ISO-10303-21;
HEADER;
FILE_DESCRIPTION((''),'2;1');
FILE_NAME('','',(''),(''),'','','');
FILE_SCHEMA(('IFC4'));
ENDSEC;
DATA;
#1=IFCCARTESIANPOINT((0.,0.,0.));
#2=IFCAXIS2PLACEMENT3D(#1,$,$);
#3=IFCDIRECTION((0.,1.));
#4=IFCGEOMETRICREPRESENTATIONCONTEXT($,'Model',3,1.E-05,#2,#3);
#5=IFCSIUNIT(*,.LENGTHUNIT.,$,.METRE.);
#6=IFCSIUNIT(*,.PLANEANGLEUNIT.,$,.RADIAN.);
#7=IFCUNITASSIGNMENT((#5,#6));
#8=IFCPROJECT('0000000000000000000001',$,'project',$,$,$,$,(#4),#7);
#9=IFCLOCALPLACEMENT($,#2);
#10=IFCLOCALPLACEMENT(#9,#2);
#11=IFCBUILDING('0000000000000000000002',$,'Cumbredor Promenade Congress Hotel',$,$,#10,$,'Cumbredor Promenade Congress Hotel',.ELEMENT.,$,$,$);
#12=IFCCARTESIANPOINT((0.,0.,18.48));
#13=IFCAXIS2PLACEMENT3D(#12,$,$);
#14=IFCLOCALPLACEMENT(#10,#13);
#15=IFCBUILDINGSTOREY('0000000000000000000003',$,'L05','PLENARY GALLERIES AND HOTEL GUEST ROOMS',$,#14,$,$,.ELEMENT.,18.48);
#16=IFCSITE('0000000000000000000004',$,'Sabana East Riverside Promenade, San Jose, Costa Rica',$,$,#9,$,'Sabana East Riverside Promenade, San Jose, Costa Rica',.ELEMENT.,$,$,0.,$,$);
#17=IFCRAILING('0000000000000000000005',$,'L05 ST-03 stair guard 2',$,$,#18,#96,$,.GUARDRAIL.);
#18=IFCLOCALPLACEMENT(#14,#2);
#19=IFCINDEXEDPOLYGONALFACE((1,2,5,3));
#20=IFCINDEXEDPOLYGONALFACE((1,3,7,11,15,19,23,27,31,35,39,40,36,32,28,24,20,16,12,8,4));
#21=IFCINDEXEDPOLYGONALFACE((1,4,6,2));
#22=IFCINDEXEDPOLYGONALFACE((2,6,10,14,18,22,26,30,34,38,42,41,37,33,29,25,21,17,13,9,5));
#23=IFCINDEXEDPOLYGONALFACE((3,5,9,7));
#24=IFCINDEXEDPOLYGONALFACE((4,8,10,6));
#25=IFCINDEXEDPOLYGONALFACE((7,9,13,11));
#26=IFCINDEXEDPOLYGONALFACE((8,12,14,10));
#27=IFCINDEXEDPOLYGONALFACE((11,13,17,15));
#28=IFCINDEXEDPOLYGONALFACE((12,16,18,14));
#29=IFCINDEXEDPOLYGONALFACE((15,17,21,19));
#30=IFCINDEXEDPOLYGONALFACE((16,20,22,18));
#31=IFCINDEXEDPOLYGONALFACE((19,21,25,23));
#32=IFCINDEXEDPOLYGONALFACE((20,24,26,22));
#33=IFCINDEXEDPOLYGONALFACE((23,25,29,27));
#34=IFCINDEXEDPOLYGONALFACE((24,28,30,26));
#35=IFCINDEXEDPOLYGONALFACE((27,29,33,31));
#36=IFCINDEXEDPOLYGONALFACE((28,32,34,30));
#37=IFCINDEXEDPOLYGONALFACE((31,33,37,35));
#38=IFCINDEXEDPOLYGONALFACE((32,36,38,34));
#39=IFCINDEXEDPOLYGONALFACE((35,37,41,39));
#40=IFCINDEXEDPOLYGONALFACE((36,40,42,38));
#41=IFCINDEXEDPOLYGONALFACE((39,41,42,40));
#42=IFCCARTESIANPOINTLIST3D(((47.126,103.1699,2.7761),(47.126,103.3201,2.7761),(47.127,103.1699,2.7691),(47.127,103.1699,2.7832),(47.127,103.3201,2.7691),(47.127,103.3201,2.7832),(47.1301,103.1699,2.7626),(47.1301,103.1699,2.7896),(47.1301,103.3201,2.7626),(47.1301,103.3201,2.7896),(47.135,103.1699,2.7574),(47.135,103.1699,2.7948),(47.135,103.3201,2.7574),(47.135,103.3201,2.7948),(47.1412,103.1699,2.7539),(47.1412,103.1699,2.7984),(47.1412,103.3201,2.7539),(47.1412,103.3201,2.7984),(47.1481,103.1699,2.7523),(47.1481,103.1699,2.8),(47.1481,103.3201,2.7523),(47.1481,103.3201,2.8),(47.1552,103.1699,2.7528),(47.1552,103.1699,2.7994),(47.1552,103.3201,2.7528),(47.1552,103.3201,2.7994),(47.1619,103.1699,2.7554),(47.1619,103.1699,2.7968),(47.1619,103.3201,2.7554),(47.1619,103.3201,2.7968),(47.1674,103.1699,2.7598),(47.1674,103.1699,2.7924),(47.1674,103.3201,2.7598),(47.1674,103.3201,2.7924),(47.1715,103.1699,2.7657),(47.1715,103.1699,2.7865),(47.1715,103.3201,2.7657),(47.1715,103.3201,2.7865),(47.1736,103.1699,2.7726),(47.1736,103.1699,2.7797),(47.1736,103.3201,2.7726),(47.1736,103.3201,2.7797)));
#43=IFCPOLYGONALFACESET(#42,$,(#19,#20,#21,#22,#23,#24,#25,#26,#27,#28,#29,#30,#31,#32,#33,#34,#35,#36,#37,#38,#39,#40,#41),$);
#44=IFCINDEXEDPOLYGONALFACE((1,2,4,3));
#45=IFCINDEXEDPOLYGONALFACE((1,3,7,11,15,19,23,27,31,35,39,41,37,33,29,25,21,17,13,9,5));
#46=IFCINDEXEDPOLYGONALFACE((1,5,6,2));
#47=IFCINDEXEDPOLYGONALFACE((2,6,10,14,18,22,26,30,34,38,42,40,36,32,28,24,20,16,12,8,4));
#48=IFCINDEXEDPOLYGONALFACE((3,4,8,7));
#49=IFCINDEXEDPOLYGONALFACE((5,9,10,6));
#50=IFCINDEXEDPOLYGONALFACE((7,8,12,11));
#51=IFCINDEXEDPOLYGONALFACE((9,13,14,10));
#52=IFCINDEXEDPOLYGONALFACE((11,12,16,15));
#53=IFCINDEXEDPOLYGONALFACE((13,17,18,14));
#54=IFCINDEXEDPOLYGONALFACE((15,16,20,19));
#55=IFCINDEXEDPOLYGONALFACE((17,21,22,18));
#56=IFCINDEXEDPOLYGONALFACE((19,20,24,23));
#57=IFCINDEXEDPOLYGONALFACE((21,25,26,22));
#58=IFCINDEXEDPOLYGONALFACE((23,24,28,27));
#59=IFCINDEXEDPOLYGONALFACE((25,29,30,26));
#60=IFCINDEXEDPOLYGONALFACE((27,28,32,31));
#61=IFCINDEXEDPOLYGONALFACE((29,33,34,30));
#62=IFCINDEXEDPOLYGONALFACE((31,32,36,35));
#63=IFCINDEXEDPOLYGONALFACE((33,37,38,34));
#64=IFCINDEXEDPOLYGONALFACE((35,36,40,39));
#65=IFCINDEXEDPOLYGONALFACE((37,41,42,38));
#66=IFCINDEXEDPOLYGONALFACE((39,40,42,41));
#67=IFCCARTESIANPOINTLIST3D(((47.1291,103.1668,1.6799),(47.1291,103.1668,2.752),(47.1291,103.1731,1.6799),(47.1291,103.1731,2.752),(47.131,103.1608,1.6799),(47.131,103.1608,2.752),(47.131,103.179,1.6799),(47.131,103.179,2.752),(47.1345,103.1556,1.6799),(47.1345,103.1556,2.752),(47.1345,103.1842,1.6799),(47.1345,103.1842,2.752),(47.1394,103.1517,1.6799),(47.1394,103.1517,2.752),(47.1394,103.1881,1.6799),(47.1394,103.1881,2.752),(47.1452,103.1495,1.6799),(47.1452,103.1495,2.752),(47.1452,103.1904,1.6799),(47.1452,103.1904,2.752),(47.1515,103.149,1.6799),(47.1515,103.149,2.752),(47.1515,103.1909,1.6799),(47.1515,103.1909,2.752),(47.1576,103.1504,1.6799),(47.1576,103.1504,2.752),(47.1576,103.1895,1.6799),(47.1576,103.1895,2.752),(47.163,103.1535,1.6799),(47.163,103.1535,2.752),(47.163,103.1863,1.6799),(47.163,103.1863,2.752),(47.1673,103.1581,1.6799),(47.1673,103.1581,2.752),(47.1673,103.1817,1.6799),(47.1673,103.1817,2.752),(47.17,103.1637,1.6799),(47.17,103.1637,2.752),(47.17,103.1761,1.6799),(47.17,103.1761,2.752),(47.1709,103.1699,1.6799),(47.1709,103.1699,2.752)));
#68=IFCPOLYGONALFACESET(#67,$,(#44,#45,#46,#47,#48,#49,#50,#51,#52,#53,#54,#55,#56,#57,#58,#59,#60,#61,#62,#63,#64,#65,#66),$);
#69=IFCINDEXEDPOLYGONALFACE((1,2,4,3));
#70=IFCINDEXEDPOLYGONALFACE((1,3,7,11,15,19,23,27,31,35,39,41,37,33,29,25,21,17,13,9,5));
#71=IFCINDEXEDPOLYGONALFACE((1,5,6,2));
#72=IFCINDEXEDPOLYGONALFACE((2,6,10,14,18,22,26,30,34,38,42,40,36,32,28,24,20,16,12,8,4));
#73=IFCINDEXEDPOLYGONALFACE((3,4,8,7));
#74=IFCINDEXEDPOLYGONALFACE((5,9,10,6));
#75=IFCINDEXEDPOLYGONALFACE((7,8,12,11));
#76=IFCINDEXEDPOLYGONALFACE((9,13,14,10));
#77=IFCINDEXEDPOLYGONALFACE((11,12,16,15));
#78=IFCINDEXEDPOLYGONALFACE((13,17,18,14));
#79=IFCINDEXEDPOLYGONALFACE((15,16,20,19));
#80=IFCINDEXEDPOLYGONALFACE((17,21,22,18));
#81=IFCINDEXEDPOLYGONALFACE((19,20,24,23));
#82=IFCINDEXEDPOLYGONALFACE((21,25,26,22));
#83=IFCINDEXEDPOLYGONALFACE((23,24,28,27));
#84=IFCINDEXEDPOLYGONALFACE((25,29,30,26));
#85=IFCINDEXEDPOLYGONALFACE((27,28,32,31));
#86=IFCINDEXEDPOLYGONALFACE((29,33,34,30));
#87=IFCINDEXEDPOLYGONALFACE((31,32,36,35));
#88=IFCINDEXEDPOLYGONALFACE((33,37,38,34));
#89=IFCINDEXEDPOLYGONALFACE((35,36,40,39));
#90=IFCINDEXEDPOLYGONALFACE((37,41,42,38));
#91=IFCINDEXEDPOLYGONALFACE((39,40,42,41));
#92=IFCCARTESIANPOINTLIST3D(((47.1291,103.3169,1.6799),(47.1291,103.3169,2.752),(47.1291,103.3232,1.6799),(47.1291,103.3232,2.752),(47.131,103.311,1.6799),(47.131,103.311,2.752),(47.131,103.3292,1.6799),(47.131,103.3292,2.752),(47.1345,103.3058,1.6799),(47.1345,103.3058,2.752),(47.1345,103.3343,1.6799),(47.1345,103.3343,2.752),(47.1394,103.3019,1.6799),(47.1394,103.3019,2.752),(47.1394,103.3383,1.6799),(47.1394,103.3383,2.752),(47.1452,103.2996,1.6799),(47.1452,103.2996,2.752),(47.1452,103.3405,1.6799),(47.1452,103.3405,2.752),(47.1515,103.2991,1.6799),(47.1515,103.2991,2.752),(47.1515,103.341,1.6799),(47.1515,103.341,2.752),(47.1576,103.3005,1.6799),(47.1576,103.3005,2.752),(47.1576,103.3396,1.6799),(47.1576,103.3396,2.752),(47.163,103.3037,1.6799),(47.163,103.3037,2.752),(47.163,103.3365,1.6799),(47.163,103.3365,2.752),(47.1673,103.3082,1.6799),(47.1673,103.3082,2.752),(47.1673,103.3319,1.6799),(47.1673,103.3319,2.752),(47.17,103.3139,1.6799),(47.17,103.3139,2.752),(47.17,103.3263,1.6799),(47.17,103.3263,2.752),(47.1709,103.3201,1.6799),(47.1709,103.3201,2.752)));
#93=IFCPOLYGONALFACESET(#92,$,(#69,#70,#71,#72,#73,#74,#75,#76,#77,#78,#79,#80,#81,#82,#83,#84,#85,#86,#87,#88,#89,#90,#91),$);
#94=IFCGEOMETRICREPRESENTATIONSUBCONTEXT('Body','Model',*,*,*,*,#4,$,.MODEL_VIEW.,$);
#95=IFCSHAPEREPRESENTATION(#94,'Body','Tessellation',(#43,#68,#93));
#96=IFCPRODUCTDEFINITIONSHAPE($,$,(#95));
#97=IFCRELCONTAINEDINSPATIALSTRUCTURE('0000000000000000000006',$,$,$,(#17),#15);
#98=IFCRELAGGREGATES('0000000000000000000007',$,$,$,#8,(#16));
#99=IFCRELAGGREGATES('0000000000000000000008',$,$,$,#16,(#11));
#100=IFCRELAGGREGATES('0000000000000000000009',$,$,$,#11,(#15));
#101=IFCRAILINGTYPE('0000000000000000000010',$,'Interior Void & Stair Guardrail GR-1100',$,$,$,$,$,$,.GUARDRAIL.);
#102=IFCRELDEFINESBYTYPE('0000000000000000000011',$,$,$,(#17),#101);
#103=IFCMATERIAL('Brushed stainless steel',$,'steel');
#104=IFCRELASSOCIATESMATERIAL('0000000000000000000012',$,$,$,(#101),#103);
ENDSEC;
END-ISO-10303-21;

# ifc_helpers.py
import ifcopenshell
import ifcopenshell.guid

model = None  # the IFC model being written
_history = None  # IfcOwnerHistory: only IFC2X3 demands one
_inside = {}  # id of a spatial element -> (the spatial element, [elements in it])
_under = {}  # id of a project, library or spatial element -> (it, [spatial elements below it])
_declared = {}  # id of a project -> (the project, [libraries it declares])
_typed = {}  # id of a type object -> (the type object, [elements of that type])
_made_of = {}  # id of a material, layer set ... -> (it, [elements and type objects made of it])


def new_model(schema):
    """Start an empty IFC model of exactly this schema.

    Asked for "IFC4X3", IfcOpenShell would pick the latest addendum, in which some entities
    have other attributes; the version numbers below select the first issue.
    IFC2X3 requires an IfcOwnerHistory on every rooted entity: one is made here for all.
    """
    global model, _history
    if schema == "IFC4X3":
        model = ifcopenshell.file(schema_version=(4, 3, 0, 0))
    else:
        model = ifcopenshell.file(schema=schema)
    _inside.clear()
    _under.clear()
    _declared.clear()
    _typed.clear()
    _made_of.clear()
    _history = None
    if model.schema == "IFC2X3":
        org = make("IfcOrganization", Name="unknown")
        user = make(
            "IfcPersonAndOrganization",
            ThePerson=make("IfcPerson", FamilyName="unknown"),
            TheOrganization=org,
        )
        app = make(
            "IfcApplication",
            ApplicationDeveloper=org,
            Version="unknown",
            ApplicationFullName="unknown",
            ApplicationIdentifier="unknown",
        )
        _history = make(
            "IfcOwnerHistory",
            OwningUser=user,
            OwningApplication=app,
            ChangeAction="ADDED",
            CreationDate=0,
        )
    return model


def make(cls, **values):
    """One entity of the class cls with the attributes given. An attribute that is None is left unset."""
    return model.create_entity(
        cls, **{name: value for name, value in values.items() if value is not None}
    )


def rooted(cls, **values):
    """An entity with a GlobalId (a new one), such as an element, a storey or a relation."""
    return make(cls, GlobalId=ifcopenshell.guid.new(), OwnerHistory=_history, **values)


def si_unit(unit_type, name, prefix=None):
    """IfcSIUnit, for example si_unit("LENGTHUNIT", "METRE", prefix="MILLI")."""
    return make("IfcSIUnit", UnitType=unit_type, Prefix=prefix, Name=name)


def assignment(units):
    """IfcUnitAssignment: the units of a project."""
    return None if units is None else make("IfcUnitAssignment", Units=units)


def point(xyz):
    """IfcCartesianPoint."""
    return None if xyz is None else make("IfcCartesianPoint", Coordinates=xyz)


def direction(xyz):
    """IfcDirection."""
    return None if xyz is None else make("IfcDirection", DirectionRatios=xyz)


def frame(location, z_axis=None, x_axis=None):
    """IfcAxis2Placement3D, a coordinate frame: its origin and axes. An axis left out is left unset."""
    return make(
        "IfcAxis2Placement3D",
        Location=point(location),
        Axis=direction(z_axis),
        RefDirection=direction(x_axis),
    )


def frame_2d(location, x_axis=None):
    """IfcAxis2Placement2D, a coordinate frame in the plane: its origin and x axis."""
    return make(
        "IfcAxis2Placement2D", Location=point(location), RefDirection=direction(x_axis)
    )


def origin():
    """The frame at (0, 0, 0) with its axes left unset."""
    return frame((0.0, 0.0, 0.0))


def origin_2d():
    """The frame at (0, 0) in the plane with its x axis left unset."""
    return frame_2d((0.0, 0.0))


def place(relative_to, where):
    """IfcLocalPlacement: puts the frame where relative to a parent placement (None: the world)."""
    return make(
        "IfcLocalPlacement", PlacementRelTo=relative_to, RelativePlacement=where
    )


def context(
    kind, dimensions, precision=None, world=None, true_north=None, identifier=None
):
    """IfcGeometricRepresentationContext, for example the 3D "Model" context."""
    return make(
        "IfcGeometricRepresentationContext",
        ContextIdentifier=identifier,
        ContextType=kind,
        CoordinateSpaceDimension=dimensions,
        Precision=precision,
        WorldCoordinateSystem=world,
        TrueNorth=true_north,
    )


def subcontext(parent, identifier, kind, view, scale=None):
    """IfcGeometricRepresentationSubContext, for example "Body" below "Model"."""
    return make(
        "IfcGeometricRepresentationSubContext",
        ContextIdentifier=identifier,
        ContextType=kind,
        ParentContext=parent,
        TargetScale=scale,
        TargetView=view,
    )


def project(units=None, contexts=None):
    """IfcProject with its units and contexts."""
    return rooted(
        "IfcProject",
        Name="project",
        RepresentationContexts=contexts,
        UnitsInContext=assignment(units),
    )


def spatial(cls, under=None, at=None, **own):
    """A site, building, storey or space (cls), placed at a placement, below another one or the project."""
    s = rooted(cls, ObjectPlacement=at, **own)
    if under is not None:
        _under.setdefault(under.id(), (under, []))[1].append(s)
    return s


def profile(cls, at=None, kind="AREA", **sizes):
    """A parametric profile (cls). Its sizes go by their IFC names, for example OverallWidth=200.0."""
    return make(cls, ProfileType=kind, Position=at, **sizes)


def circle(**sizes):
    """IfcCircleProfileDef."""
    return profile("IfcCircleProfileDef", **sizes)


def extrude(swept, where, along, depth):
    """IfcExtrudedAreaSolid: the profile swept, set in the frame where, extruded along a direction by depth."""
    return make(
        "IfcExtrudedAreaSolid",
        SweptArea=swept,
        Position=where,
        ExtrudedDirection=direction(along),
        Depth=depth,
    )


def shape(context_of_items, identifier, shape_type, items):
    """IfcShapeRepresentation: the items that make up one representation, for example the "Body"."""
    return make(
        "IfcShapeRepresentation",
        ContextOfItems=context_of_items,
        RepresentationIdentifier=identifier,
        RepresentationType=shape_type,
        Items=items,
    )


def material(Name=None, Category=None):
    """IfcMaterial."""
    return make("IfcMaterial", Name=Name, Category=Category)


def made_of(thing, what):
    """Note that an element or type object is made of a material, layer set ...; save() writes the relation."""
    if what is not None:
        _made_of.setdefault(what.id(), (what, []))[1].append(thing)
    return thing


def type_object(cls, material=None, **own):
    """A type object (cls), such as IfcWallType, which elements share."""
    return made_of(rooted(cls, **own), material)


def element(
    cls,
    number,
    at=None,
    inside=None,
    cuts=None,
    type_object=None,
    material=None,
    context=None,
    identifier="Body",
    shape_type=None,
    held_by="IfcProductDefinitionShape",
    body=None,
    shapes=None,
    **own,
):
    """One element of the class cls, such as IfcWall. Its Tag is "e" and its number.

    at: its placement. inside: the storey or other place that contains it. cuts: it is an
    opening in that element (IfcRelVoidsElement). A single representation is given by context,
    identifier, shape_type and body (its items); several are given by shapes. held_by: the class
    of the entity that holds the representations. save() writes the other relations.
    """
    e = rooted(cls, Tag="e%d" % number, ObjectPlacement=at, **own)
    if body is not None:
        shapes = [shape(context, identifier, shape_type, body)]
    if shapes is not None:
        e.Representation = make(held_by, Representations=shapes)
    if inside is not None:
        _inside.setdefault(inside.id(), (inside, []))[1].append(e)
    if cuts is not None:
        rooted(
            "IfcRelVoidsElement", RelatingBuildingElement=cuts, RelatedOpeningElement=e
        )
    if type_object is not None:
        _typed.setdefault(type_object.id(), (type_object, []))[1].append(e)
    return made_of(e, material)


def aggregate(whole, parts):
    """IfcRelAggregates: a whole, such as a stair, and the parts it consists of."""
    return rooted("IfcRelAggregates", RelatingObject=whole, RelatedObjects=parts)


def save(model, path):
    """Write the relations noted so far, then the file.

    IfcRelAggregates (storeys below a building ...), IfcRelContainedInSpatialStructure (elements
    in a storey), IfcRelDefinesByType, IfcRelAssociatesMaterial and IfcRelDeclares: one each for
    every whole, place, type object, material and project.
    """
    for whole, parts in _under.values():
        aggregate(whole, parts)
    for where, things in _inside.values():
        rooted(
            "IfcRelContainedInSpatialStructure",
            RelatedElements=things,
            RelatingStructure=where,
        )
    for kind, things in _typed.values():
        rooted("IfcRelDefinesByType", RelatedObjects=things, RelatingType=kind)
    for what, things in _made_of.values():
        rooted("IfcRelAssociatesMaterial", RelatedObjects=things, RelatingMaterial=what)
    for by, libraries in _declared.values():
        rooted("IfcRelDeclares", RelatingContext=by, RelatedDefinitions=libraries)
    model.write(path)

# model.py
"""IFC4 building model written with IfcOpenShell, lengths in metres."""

from ifc_helpers import new_model, si_unit, direction, frame, origin, origin_2d, place, context, subcontext, project, spatial, circle, extrude, material, type_object, element, save


model = new_model("IFC4")

# Units and contexts
model_context = context("Model", 3, precision=1e-05, world=origin(), true_north=direction((0.0, 1.0)))
body_context = subcontext(model_context, "Body", "Model", "MODEL_VIEW")
ifc_project = project(units=[si_unit("LENGTHUNIT", "METRE"), si_unit("PLANEANGLEUNIT", "RADIAN")], contexts=[model_context])

# Site, building, storey
site_placement = place(None, origin())
site = spatial("IfcSite", under=ifc_project, at=site_placement, Name="Sabana East Riverside Promenade, San Jose, Costa Rica", LongName="Sabana East Riverside Promenade, San Jose, Costa Rica", CompositionType="ELEMENT", RefElevation=0.0)
building_placement = place(site_placement, origin())
building = spatial("IfcBuilding", under=site, at=building_placement, Name="Cumbredor Promenade Congress Hotel", LongName="Cumbredor Promenade Congress Hotel", CompositionType="ELEMENT")
storey_placement = place(building_placement, frame((0.0, 0.0, 18.48)))
storey = spatial("IfcBuildingStorey", under=building, at=storey_placement, Name="L05", Description="PLENARY GALLERIES AND HOTEL GUEST ROOMS", CompositionType="ELEMENT", Elevation=18.48)

# Railing
ifc_material_1 = material(Name="Brushed stainless steel", Category="steel")
railing_type_1 = type_object("IfcRailingType", Name="Interior Void & Stair Guardrail GR-1100", PredefinedType="GUARDRAIL", material=ifc_material_1)
railing_1_placement = place(storey_placement, frame((47.1499, 103.1699, 1.6799)))
element("IfcRailing", 1, at=railing_1_placement, inside=storey, type_object=railing_type_1, Name="L05 ST-03 stair guard 2", PredefinedType="GUARDRAIL", context=body_context, shape_type="SweptSolid", body=[
    extrude(circle(Radius=0.0239, at=origin_2d()), frame((0.0, 0.0, 1.0962), z_axis=(0.0, 1.0, 0.0), x_axis=(-1.0, 0.0, 0.0)), (0.0, 0.0, 1.0), 0.1501),
    extrude(circle(Radius=0.021, at=origin_2d()), origin(), (0.0, 0.0, 1.0), 1.072),
    extrude(circle(Radius=0.021, at=origin_2d()), frame((0.0, 0.1501, 0.0)), (0.0, 0.0, 1.0), 1.072),
])

save(model, "model.ifc")
